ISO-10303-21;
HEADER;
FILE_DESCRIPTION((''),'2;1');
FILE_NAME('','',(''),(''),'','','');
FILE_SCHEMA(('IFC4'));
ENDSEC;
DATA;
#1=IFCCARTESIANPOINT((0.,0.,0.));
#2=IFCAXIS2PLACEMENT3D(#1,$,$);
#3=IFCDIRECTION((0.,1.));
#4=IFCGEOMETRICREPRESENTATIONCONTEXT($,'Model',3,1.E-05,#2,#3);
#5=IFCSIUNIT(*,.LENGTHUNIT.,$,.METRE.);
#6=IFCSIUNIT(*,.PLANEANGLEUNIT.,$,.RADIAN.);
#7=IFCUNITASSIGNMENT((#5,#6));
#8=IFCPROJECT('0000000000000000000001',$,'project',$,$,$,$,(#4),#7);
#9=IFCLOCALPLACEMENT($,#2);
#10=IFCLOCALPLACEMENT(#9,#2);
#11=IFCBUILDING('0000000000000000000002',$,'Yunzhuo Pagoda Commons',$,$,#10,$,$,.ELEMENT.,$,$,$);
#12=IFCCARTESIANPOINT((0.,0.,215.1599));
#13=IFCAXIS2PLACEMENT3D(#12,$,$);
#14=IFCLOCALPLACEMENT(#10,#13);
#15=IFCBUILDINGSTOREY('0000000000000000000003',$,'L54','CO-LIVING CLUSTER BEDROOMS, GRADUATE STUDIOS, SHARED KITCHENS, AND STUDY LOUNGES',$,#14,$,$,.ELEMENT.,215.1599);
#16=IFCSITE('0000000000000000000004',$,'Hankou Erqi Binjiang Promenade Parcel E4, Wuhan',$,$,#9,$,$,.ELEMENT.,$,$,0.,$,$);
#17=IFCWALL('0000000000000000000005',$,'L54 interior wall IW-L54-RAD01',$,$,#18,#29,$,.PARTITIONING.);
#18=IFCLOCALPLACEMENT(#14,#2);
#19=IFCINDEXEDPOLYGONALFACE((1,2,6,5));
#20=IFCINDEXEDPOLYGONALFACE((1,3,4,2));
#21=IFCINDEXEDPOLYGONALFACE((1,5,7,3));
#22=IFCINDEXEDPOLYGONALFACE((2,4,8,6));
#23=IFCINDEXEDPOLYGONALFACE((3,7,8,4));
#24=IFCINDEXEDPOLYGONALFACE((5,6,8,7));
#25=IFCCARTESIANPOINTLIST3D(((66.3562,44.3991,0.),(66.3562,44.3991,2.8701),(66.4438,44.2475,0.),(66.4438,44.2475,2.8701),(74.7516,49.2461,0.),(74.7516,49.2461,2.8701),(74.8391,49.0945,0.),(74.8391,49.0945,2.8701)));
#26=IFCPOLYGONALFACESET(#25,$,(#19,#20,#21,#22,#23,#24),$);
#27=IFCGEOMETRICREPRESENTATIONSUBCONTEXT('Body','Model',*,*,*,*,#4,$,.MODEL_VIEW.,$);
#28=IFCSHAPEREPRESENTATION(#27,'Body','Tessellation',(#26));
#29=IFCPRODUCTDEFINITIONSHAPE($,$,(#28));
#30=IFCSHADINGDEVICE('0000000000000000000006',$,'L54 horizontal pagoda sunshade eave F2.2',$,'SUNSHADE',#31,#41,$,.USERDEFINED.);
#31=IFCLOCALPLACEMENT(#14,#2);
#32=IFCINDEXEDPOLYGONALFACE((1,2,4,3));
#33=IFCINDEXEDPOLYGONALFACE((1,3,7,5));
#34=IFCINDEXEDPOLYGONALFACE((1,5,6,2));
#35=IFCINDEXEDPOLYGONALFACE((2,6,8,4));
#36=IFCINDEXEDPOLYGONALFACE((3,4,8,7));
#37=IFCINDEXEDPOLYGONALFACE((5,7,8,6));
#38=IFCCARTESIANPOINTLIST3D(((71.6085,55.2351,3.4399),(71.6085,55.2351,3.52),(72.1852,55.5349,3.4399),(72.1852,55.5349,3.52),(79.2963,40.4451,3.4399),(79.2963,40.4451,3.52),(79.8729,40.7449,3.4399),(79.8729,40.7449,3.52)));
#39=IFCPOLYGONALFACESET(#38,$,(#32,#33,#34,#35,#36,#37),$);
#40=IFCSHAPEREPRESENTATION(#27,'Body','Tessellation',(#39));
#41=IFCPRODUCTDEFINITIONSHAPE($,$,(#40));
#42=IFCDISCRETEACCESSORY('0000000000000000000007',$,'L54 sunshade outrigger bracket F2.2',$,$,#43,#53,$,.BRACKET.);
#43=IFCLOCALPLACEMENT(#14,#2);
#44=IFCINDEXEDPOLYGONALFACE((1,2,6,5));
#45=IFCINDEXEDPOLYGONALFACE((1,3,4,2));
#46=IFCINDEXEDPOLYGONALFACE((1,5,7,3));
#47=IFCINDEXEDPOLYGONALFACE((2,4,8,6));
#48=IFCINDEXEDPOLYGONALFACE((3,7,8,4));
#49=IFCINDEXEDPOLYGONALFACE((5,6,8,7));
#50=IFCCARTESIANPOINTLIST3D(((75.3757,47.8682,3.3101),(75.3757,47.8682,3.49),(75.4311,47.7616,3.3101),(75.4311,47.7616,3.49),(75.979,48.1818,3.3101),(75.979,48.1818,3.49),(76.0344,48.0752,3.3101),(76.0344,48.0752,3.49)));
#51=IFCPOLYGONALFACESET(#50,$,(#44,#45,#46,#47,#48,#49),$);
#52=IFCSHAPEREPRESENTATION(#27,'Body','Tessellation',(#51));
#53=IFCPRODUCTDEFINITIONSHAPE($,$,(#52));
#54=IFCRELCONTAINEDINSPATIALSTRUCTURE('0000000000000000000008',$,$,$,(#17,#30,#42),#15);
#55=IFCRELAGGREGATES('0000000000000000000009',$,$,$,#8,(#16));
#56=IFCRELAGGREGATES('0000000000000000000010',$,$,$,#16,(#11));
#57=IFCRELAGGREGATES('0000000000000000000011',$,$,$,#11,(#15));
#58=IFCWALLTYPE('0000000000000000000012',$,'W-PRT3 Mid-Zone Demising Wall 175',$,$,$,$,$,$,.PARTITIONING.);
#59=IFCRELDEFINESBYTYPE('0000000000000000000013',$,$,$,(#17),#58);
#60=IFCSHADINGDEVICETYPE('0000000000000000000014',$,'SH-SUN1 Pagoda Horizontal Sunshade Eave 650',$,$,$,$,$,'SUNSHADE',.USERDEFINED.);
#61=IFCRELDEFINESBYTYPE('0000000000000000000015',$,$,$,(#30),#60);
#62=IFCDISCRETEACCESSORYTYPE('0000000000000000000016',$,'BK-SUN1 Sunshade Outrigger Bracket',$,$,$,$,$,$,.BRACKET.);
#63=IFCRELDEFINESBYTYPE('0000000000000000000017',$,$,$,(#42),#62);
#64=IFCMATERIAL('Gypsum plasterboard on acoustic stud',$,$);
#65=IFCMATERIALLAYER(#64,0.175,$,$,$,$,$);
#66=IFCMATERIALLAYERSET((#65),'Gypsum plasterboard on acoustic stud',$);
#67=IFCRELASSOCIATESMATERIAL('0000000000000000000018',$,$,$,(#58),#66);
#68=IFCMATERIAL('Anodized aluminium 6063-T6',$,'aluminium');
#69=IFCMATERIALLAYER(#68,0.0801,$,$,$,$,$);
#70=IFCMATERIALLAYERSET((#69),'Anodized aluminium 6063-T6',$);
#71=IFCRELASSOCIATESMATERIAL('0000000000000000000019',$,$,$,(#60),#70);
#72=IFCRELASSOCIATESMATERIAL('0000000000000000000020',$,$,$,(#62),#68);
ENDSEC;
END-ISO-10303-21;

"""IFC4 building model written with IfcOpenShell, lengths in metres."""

from ifc_helpers import new_model, si_unit, direction, frame, frame_2d, origin, origin_2d, place, context, subcontext, project, spatial, rectangle, extrude, source, transform, mapped, material, layer, layer_set, type_object, element, save


model = new_model("IFC4")

# Units and contexts
model_context = context("Model", 3, precision=1e-05, world=origin(), true_north=direction((0.0, 1.0)))
body_context = subcontext(model_context, "Body", "Model", "MODEL_VIEW")
ifc_project = project(units=[si_unit("LENGTHUNIT", "METRE"), si_unit("PLANEANGLEUNIT", "RADIAN")], contexts=[model_context])

# Site, building, storey
site_placement = place(None, origin())
site = spatial("IfcSite", under=ifc_project, at=site_placement, Name="Hankou Erqi Binjiang Promenade Parcel E4, Wuhan", CompositionType="ELEMENT", RefElevation=0.0)
building_placement = place(site_placement, origin())
building = spatial("IfcBuilding", under=site, at=building_placement, Name="Yunzhuo Pagoda Commons", CompositionType="ELEMENT")
storey_placement = place(building_placement, frame((0.0, 0.0, 215.1599)))
storey = spatial("IfcBuildingStorey", under=building, at=storey_placement, Name="L54", Description="CO-LIVING CLUSTER BEDROOMS, GRADUATE STUDIOS, SHARED KITCHENS, AND STUDY LOUNGES", CompositionType="ELEMENT", Elevation=215.1599)

# Shared definitions
ifc_material_1 = material(Name="Anodized aluminium 6063-T6", Category="aluminium")

# Wall
ifc_material_2 = material(Name="Gypsum plasterboard on acoustic stud")
ifc_layer_1 = layer(ifc_material_2, 0.175)
ifc_layer_set_1 = layer_set([ifc_layer_1], Name="Gypsum plasterboard on acoustic stud")
wall_type = type_object("IfcWallType", Name="W-PRT3 Mid-Zone Demising Wall 175", PredefinedType="PARTITIONING", material=ifc_layer_set_1)
wall_placement = place(storey_placement, frame((66.3999, 44.3232, 0.0), z_axis=(0.0, 0.0, 1.0), x_axis=(0.866029, 0.499994, 0.0)))
element("IfcWall", 1, at=wall_placement, inside=storey, type_object=wall_type, Name="L54 interior wall IW-L54-RAD01", PredefinedType="PARTITIONING", context=body_context, shape_type="SweptSolid", body=[
    extrude(rectangle(XDim=9.6941, YDim=0.175, at=frame_2d((4.8472, 0.0))), origin(), (0.0, 0.0, 1.0), 2.8701),
])

# Shading device
ifc_layer_2 = layer(ifc_material_1, 0.0801)
ifc_layer_set_2 = layer_set([ifc_layer_2], Name="Anodized aluminium 6063-T6")
shading_device_type = type_object("IfcShadingDeviceType", Name="SH-SUN1 Pagoda Horizontal Sunshade Eave 650", ElementType="SUNSHADE", PredefinedType="USERDEFINED", material=ifc_layer_set_2)
shared_shape_1 = source(origin(), body_context, "Body", "SweptSolid", [
    extrude(rectangle(XDim=16.6687, YDim=0.6499, at=origin_2d()), origin(), (0.0, 0.0, 1.0), 0.0801),
])
shading_device_placement = place(storey_placement, frame((75.7407, 47.99, 3.4399), z_axis=(0.0, 0.0, 1.0), x_axis=(-0.461207, 0.887293, 0.0)))
element("IfcShadingDevice", 2, at=shading_device_placement, inside=storey, type_object=shading_device_type, Name="L54 horizontal pagoda sunshade eave F2.2", ObjectType="SUNSHADE", PredefinedType="USERDEFINED", context=body_context, shape_type="MappedRepresentation", body=[
    mapped(shared_shape_1, transform((0.0, 0.0, 0.0), scale=1.0)),
])

# Discrete accessory
discrete_accessory_type = type_object("IfcDiscreteAccessoryType", Name="BK-SUN1 Sunshade Outrigger Bracket", PredefinedType="BRACKET", material=ifc_material_1)
shared_shape_2 = source(origin(), body_context, "Body", "SweptSolid", [
    extrude(rectangle(XDim=0.1201, YDim=0.6799, at=origin_2d()), origin(), (0.0, 0.0, 1.0), 0.1799),
])
discrete_accessory_placement = place(storey_placement, frame((75.7051, 47.9717, 3.3101), z_axis=(0.0, 0.0, 1.0), x_axis=(-0.461207, 0.887293, 0.0)))
element("IfcDiscreteAccessory", 3, at=discrete_accessory_placement, inside=storey, type_object=discrete_accessory_type, Name="L54 sunshade outrigger bracket F2.2", PredefinedType="BRACKET", context=body_context, shape_type="MappedRepresentation", body=[
    mapped(shared_shape_2, transform((0.0, 0.0, 0.0), scale=1.0)),
])

save(model, "model.ifc")
